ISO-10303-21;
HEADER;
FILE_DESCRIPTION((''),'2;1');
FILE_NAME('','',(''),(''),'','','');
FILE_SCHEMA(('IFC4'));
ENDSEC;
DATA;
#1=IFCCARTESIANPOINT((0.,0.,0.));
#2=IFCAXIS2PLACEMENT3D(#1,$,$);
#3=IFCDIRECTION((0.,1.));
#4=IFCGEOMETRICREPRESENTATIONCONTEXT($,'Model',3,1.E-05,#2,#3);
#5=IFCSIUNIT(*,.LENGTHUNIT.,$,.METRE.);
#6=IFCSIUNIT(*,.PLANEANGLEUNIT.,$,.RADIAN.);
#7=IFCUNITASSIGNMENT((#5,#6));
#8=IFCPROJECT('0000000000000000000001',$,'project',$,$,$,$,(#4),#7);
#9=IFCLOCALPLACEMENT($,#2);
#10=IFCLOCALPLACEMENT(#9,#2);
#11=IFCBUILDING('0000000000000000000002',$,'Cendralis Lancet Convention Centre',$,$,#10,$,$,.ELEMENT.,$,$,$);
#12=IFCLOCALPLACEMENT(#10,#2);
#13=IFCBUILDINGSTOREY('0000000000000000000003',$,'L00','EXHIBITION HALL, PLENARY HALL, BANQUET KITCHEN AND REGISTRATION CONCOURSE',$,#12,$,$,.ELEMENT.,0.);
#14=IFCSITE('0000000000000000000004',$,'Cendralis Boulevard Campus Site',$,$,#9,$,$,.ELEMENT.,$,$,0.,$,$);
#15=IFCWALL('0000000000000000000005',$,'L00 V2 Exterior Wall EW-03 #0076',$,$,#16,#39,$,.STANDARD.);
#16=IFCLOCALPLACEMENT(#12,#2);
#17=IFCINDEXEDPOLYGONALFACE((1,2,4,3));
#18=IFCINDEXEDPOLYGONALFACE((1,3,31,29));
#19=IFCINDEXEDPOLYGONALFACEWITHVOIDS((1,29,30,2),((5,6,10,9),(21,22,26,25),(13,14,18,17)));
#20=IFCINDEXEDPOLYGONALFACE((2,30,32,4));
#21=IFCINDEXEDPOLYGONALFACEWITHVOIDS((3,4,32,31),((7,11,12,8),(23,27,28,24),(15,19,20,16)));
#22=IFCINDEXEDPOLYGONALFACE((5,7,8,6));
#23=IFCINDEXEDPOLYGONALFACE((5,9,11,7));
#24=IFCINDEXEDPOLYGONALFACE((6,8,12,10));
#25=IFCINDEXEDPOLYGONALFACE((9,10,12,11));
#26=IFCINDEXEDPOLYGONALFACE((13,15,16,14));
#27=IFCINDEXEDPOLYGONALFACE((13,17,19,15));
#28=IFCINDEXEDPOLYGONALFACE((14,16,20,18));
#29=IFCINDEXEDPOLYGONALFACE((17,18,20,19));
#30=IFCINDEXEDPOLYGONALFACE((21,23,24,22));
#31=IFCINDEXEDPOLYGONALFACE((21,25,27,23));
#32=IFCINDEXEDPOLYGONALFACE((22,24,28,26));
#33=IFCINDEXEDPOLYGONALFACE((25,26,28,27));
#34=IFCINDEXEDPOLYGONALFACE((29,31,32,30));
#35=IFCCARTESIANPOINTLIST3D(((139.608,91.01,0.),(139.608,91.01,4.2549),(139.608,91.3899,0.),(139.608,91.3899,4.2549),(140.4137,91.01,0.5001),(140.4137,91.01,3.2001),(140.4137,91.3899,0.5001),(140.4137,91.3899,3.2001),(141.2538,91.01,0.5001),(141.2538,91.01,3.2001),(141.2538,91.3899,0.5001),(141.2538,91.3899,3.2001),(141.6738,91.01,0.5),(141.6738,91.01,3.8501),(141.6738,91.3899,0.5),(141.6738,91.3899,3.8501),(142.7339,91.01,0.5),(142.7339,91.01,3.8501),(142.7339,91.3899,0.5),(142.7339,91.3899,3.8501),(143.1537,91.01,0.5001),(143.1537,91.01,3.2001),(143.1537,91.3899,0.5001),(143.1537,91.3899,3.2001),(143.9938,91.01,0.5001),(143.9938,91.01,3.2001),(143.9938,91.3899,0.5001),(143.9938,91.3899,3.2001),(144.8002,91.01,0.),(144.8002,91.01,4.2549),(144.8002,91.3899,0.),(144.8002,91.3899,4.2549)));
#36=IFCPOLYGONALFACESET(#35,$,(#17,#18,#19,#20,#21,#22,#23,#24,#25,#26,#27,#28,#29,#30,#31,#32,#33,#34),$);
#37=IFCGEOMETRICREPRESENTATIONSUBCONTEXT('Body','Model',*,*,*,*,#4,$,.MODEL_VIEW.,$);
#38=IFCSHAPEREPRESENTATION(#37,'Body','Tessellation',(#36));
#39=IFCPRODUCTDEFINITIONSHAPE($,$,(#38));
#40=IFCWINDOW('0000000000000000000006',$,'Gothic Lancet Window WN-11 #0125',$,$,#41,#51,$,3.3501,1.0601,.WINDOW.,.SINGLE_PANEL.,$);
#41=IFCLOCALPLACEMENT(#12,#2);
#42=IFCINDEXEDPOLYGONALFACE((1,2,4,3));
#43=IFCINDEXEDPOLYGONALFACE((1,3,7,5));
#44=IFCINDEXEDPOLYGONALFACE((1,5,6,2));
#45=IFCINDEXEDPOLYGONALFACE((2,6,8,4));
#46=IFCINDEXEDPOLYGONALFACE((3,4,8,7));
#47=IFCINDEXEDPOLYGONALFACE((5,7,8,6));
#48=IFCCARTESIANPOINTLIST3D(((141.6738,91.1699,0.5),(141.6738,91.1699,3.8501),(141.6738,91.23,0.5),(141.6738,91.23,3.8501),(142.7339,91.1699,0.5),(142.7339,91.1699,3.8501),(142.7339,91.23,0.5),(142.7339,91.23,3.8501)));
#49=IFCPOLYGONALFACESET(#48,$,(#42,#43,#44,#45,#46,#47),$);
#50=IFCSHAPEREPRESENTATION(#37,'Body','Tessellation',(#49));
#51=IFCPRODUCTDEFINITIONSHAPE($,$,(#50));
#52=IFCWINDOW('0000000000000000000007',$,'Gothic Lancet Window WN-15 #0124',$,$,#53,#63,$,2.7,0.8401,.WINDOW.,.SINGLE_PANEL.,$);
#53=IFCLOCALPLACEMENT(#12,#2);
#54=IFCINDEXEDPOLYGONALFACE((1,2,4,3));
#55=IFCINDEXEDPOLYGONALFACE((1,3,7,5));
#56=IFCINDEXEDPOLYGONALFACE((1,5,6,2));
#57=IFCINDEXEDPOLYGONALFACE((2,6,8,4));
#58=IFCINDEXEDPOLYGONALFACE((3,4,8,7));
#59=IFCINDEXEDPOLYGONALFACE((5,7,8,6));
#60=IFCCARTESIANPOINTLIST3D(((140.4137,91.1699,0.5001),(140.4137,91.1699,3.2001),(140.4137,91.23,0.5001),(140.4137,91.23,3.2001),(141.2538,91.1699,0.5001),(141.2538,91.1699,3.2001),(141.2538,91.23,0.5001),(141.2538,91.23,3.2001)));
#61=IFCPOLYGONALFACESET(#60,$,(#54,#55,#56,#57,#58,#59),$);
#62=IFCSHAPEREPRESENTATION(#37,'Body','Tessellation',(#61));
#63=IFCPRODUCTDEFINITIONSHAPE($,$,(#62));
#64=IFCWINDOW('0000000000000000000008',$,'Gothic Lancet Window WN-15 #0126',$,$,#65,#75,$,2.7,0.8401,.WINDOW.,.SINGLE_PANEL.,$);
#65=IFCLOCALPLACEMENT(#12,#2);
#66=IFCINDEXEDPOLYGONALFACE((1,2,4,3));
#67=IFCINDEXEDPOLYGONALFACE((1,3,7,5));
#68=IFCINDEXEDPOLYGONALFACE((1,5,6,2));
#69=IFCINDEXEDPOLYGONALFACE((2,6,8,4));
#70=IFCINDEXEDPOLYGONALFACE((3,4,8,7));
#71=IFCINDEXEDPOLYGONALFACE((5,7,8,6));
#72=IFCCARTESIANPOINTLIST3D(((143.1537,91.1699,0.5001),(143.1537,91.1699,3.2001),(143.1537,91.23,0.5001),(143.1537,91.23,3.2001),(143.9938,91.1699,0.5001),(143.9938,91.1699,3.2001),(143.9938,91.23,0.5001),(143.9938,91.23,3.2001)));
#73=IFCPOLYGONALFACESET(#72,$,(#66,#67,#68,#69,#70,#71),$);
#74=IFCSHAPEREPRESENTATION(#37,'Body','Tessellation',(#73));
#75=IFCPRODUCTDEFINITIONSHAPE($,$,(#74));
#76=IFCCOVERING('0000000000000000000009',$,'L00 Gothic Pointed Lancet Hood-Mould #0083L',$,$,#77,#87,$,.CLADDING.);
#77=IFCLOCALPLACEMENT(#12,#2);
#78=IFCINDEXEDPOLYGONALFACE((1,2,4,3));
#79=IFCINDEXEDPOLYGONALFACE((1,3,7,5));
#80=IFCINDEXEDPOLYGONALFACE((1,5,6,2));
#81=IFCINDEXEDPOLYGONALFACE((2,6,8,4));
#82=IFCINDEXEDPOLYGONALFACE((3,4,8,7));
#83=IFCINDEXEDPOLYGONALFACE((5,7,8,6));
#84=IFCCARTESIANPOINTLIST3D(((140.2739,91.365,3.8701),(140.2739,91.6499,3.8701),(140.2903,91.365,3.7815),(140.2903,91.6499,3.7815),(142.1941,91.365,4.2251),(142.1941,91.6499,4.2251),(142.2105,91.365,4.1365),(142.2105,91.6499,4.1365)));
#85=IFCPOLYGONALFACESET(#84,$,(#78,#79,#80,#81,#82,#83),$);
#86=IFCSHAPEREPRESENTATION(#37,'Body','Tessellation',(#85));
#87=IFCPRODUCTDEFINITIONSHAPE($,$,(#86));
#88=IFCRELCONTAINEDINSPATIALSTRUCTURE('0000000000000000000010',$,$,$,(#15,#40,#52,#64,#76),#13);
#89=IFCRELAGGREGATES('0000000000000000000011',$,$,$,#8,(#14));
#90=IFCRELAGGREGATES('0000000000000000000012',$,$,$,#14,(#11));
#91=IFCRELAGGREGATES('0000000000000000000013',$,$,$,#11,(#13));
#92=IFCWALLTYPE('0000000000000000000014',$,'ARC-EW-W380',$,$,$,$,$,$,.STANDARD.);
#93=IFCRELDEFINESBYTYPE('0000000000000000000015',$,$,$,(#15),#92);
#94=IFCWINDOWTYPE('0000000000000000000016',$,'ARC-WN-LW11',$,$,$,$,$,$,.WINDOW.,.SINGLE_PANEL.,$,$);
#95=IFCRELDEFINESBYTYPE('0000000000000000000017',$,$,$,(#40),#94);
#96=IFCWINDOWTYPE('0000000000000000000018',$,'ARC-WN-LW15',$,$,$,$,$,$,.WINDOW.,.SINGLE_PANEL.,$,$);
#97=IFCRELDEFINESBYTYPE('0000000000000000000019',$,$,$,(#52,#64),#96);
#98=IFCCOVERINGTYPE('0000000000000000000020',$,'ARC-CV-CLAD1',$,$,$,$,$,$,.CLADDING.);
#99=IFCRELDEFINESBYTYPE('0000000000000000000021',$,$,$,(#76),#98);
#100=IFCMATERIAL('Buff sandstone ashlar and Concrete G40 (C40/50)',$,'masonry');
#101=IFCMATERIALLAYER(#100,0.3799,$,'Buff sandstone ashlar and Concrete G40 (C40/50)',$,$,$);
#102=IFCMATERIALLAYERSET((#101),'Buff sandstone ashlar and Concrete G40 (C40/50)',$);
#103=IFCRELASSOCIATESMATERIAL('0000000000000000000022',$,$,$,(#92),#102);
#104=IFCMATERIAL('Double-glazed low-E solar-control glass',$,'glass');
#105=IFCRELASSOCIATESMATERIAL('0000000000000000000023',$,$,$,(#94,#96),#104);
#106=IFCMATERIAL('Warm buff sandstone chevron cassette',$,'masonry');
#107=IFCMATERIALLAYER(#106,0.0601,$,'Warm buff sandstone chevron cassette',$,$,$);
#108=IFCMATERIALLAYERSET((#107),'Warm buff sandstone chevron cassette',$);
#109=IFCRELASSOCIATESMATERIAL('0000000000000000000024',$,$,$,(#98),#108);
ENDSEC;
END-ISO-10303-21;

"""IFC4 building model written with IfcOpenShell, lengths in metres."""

from ifc_helpers import new_model, si_unit, direction, frame, frame_2d, origin, place, context, subcontext, project, spatial, polyline, rectangle, outline, extrude, material, layer, layer_set, type_object, element, fill, save


model = new_model("IFC4")

# Units and contexts
model_context = context("Model", 3, precision=1e-05, world=origin(), true_north=direction((0.0, 1.0)))
body_context = subcontext(model_context, "Body", "Model", "MODEL_VIEW")
ifc_project = project(units=[si_unit("LENGTHUNIT", "METRE"), si_unit("PLANEANGLEUNIT", "RADIAN")], contexts=[model_context])

# Site, building, storey
site_placement = place(None, origin())
site = spatial("IfcSite", under=ifc_project, at=site_placement, Name="Cendralis Boulevard Campus Site", CompositionType="ELEMENT", RefElevation=0.0)
building_placement = place(site_placement, origin())
building = spatial("IfcBuilding", under=site, at=building_placement, Name="Cendralis Lancet Convention Centre", CompositionType="ELEMENT")
storey_placement = place(building_placement, origin())
storey = spatial("IfcBuildingStorey", under=building, at=storey_placement, Name="L00", Description="EXHIBITION HALL, PLENARY HALL, BANQUET KITCHEN AND REGISTRATION CONCOURSE", CompositionType="ELEMENT", Elevation=0.0)

# Shared definitions
ifc_material_1 = material(Name="Double-glazed low-E solar-control glass", Category="glass")

# Wall, openings, windows
ifc_material_2 = material(Name="Buff sandstone ashlar and Concrete G40 (C40/50)", Category="masonry")
ifc_layer_1 = layer(ifc_material_2, 0.3799, Name="Buff sandstone ashlar and Concrete G40 (C40/50)")
ifc_layer_set_1 = layer_set([ifc_layer_1], Name="Buff sandstone ashlar and Concrete G40 (C40/50)")
wall_type = type_object("IfcWallType", Name="ARC-EW-W380", PredefinedType="STANDARD", material=ifc_layer_set_1)
wall_placement = place(storey_placement, frame((139.6079, 91.2, 0.0), z_axis=(0.0, 0.0, 1.0), x_axis=(1.0, 0.0, 0.0)))
wall = element("IfcWall", 1, at=wall_placement, inside=storey, type_object=wall_type, Name="L00 V2 Exterior Wall EW-03 #0076", PredefinedType="STANDARD", context=body_context, shape_type="SweptSolid", body=[
    extrude(rectangle(XDim=5.1921, YDim=0.3799, at=frame_2d((2.5962, 0.0))), origin(), (0.0, 0.0, 1.0), 4.2549),
])
opening_1_placement = place(wall_placement, frame((0.8059, 0.0, 0.5)))
opening_1 = element("IfcOpeningElement", 2, at=opening_1_placement, cuts=wall, PredefinedType="OPENING", context=body_context, shape_type="SweptSolid", body=[
    extrude(rectangle(XDim=0.8401, YDim=2.7, at=frame_2d((0.4199, 1.3501))), frame((0.0, 0.2, 0.0), z_axis=(0.0, -1.0, 0.0), x_axis=(1.0, 0.0, 0.0)), (0.0, 0.0, 1.0), 0.3999),
])
opening_2_placement = place(wall_placement, frame((2.0659, 0.0, 0.5)))
opening_2 = element("IfcOpeningElement", 3, at=opening_2_placement, cuts=wall, PredefinedType="OPENING", context=body_context, shape_type="SweptSolid", body=[
    extrude(rectangle(XDim=1.0601, YDim=3.3501, at=frame_2d((0.53, 1.675))), frame((0.0, 0.2, 0.0), z_axis=(0.0, -1.0, 0.0), x_axis=(1.0, 0.0, 0.0)), (0.0, 0.0, 1.0), 0.3999),
])
opening_3_placement = place(wall_placement, frame((3.5459, 0.0, 0.5)))
opening_3 = element("IfcOpeningElement", 4, at=opening_3_placement, cuts=wall, PredefinedType="OPENING", context=body_context, shape_type="SweptSolid", body=[
    extrude(rectangle(XDim=0.8401, YDim=2.7, at=frame_2d((0.4199, 1.3501))), frame((0.0, 0.2, 0.0), z_axis=(0.0, -1.0, 0.0), x_axis=(1.0, 0.0, 0.0)), (0.0, 0.0, 1.0), 0.3999),
])
window_type_1 = type_object("IfcWindowType", Name="ARC-WN-LW11", PartitioningType="SINGLE_PANEL", PredefinedType="WINDOW", material=ifc_material_1)
window_1_placement = place(opening_2_placement, origin())
window_1 = element("IfcWindow", 5, at=window_1_placement, inside=storey, type_object=window_type_1, Name="Gothic Lancet Window WN-11 #0125", OverallHeight=3.3501, OverallWidth=1.0601, PartitioningType="SINGLE_PANEL", PredefinedType="WINDOW", context=body_context, shape_type="SweptSolid", body=[
    extrude(rectangle(XDim=1.0601, YDim=3.3501, at=frame_2d((0.53, 1.675))), frame((0.0, 0.03, 0.0), z_axis=(0.0, -1.0, 0.0), x_axis=(1.0, 0.0, 0.0)), (0.0, 0.0, 1.0), 0.0601),
])
fill(opening_2, window_1)
window_type_2 = type_object("IfcWindowType", Name="ARC-WN-LW15", PartitioningType="SINGLE_PANEL", PredefinedType="WINDOW", material=ifc_material_1)
window_2_placement = place(opening_1_placement, origin())
window_2 = element("IfcWindow", 6, at=window_2_placement, inside=storey, type_object=window_type_2, Name="Gothic Lancet Window WN-15 #0124", OverallHeight=2.7, OverallWidth=0.8401, PartitioningType="SINGLE_PANEL", PredefinedType="WINDOW", context=body_context, shape_type="SweptSolid", body=[
    extrude(rectangle(XDim=0.8401, YDim=2.7, at=frame_2d((0.4199, 1.3501))), frame((0.0, 0.03, 0.0), z_axis=(0.0, -1.0, 0.0), x_axis=(1.0, 0.0, 0.0)), (0.0, 0.0, 1.0), 0.0601),
])
fill(opening_1, window_2)
window_3_placement = place(opening_3_placement, origin())
window_3 = element("IfcWindow", 7, at=window_3_placement, inside=storey, type_object=window_type_2, Name="Gothic Lancet Window WN-15 #0126", OverallHeight=2.7, OverallWidth=0.8401, PartitioningType="SINGLE_PANEL", PredefinedType="WINDOW", context=body_context, shape_type="SweptSolid", body=[
    extrude(rectangle(XDim=0.8401, YDim=2.7, at=frame_2d((0.4199, 1.3501))), frame((0.0, 0.03, 0.0), z_axis=(0.0, -1.0, 0.0), x_axis=(1.0, 0.0, 0.0)), (0.0, 0.0, 1.0), 0.0601),
])
fill(opening_3, window_3)

# Covering
ifc_material_3 = material(Name="Warm buff sandstone chevron cassette", Category="masonry")
ifc_layer_2 = layer(ifc_material_3, 0.0601, Name="Warm buff sandstone chevron cassette")
ifc_layer_set_2 = layer_set([ifc_layer_2], Name="Warm buff sandstone chevron cassette")
covering_type = type_object("IfcCoveringType", Name="ARC-CV-CLAD1", PredefinedType="CLADDING", material=ifc_layer_set_2)
covering_placement = place(storey_placement, frame((140.2739, 91.6499, 3.8701), z_axis=(-0.181789, 0.0, 0.983338), x_axis=(0.0, -1.0, 0.0)))
element("IfcCovering", 8, at=covering_placement, inside=storey, type_object=covering_type, Name="L00 Gothic Pointed Lancet Hood-Mould #0083L", PredefinedType="CLADDING", context=body_context, shape_type="SweptSolid", body=[
    extrude(outline(polyline([(0.0, 0.0), (0.2849, 0.0), (0.2849, 1.9527), (0.0, 1.9527), (0.0, 0.0)])), origin(), (0.0, 0.0, -1.0), 0.0901),
])

save(model, "model.ifc")
